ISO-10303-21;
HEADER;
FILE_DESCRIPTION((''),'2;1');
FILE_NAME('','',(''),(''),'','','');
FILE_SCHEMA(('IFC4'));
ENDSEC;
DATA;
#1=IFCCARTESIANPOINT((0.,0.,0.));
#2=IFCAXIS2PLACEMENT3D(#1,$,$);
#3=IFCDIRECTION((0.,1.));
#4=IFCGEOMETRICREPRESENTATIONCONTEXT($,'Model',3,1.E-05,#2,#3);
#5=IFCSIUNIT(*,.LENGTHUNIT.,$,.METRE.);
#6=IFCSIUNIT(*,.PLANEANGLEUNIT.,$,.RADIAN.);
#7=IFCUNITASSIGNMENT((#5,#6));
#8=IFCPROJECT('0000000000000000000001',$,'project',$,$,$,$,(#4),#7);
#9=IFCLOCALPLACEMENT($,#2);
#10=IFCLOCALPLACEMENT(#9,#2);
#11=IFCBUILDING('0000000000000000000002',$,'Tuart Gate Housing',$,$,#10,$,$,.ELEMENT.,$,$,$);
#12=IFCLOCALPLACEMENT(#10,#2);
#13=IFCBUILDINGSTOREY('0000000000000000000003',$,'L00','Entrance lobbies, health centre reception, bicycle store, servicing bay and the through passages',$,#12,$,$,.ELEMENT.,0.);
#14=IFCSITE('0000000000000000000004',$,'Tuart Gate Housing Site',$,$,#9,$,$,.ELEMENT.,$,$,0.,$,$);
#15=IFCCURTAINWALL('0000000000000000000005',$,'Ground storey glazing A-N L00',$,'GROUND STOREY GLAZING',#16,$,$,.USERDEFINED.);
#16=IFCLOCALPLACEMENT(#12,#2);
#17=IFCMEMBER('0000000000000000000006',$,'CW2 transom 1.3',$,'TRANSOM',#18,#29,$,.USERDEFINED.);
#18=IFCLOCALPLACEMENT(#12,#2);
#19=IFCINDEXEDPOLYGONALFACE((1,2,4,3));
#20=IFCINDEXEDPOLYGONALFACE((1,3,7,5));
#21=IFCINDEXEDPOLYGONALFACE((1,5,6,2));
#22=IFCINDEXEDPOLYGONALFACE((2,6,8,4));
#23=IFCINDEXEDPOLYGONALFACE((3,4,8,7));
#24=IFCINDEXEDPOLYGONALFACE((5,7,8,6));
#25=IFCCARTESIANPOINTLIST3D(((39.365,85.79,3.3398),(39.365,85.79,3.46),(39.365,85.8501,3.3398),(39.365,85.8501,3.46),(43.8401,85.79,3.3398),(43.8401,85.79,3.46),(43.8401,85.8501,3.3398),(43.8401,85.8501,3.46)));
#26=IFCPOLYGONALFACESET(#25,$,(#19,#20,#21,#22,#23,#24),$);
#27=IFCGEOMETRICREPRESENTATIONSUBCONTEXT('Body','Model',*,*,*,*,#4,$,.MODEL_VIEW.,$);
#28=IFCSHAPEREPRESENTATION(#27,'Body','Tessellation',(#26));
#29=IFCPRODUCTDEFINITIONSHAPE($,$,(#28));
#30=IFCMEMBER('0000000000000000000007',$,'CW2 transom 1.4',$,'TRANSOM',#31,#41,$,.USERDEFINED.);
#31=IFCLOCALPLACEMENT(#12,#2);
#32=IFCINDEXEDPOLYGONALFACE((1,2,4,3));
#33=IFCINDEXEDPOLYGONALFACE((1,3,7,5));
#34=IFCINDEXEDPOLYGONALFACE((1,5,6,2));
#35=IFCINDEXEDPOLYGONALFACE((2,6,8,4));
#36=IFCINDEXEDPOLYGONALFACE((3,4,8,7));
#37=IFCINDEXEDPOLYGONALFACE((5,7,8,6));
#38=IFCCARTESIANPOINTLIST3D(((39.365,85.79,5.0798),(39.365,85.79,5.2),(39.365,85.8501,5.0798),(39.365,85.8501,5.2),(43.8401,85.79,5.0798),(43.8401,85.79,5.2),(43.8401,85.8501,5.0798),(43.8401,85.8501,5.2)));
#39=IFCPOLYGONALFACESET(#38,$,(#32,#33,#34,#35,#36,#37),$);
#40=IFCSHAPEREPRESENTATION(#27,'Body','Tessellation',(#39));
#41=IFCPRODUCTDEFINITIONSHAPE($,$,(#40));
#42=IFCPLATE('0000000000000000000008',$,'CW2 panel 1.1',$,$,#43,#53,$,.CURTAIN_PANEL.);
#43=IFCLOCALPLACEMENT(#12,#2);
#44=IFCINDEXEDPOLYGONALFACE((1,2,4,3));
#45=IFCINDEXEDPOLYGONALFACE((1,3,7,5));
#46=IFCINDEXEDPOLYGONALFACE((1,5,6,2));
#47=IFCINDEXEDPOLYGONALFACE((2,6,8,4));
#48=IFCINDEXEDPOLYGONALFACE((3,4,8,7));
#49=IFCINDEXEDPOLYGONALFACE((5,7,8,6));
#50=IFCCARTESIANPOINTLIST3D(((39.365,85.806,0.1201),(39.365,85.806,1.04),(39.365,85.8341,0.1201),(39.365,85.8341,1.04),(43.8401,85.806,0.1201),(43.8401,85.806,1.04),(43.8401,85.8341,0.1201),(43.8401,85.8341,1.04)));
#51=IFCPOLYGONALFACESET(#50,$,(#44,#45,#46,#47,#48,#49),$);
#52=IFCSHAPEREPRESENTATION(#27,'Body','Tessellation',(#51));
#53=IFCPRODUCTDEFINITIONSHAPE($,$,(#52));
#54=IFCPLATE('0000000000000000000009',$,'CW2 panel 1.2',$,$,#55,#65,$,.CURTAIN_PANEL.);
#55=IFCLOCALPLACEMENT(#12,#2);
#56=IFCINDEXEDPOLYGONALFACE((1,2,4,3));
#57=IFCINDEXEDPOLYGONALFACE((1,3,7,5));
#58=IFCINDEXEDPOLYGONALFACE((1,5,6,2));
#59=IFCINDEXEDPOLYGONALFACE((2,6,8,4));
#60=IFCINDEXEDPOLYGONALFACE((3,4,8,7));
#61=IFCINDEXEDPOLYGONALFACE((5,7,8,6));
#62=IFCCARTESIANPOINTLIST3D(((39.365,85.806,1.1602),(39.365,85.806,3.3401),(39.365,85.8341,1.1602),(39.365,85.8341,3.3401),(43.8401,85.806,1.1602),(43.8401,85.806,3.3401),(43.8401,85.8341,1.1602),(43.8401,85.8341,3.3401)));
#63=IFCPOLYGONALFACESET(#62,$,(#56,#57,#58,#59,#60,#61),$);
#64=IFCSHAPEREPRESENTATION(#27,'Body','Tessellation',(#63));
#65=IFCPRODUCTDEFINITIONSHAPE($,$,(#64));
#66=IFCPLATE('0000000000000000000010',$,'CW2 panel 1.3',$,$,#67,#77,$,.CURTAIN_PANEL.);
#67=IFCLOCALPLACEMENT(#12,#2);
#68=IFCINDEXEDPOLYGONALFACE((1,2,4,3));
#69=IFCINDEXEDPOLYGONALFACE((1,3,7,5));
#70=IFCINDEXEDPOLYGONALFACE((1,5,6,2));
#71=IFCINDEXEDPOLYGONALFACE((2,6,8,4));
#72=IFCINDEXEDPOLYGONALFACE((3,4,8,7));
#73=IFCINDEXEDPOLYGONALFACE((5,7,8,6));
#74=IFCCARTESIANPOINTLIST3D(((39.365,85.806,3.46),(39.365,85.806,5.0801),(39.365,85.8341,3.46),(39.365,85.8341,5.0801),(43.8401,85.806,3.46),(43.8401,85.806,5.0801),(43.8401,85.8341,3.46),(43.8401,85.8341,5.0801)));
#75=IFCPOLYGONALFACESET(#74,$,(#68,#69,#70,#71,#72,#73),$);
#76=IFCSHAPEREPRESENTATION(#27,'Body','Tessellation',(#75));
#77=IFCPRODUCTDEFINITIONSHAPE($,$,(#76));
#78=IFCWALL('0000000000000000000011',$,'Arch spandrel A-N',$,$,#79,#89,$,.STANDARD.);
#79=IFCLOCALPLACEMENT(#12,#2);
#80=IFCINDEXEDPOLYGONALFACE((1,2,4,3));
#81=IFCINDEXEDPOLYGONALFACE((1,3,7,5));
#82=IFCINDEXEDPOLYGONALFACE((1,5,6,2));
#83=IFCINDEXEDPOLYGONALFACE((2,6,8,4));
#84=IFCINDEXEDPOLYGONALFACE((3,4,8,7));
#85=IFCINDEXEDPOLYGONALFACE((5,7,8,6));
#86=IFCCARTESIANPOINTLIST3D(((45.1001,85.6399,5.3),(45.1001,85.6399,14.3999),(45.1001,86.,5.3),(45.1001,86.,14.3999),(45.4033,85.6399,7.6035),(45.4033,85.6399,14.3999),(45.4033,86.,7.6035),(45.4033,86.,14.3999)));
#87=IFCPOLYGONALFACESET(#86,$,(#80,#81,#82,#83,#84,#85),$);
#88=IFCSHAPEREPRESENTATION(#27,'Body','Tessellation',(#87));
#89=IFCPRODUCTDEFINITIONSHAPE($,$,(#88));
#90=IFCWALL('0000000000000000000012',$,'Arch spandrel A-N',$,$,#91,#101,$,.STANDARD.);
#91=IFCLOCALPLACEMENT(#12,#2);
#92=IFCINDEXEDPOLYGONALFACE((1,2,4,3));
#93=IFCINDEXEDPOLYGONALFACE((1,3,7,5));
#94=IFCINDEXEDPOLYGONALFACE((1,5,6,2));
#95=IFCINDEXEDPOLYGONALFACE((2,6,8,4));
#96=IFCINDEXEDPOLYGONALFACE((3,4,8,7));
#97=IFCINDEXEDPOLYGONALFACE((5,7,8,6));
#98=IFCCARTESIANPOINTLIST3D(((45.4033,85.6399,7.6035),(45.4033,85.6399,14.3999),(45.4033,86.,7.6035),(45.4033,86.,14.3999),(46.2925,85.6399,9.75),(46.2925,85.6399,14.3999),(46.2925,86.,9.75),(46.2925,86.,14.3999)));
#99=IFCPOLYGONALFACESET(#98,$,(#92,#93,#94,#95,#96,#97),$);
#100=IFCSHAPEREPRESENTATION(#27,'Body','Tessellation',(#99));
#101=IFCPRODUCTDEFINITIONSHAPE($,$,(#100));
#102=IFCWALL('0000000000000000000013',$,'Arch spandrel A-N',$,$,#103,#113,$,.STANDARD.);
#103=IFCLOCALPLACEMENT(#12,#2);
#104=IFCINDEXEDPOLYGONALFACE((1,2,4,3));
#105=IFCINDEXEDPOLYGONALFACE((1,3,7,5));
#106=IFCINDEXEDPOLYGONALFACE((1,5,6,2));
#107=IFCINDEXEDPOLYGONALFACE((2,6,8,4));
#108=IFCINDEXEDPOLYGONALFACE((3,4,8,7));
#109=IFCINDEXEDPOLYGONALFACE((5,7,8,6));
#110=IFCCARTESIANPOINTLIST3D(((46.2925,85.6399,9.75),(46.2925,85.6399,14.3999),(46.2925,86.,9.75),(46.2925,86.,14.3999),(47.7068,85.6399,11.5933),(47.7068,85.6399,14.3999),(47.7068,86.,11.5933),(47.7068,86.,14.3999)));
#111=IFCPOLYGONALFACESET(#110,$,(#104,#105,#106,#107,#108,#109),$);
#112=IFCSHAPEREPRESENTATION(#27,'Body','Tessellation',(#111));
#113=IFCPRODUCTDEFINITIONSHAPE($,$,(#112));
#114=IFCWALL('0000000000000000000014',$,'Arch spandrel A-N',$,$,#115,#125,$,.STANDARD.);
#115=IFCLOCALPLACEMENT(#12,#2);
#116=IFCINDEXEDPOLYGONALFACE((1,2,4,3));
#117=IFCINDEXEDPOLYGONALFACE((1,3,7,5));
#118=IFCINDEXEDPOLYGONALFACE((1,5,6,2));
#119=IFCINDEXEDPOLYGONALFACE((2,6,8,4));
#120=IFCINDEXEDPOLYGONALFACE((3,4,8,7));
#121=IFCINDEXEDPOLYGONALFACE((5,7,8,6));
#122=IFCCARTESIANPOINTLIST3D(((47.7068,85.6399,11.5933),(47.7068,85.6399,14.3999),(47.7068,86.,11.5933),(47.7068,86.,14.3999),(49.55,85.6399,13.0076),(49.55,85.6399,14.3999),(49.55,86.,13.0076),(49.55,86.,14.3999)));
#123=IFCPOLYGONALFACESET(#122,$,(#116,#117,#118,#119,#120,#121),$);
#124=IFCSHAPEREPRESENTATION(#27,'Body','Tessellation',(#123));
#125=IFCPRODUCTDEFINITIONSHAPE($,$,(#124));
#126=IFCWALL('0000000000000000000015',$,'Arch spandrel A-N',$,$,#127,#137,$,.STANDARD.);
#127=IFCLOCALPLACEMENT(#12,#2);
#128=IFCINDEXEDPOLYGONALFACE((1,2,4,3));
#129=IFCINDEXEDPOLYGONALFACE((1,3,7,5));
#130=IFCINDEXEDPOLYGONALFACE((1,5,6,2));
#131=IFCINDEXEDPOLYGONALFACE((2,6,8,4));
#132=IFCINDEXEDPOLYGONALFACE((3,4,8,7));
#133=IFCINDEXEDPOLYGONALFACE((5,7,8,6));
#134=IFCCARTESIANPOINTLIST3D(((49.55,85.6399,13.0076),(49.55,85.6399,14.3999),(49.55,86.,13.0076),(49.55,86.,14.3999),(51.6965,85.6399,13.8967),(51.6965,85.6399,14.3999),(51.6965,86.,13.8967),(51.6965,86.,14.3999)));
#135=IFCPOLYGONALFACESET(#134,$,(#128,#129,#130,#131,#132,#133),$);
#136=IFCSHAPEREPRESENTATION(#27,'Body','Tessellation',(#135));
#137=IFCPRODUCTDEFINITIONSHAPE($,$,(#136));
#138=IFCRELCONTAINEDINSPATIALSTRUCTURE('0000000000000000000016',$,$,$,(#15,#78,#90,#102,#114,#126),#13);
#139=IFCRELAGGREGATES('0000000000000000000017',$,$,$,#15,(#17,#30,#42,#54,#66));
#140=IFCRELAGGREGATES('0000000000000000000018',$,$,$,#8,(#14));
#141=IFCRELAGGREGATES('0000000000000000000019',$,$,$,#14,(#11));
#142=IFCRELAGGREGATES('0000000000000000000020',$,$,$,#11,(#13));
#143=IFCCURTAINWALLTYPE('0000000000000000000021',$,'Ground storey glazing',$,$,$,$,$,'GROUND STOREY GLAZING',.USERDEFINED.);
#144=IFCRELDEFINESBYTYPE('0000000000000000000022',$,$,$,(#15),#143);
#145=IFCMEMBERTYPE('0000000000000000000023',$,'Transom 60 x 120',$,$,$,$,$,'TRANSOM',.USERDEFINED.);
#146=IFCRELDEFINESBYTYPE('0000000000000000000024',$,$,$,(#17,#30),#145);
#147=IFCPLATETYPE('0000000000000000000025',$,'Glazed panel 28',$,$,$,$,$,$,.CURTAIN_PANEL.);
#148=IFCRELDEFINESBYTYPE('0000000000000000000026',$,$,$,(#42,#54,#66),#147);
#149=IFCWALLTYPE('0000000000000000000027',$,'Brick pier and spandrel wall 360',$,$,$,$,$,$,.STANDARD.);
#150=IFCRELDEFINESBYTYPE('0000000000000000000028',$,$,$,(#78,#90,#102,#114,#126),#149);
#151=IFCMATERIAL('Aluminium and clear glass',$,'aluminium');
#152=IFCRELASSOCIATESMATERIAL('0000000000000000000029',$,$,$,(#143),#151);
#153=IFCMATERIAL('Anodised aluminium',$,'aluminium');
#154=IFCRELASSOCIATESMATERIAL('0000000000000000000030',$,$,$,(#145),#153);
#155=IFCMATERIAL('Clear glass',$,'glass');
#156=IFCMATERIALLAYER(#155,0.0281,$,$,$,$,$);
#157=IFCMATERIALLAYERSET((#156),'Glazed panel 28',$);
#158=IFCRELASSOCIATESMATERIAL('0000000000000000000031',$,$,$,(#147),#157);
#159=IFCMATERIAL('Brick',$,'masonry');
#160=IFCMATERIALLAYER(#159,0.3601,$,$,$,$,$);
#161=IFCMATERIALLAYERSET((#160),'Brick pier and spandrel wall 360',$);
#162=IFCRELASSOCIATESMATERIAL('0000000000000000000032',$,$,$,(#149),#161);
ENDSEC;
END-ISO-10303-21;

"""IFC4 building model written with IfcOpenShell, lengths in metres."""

from ifc_helpers import new_model, si_unit, direction, frame, origin, origin_2d, place, context, subcontext, project, spatial, polyline, rectangle, outline, extrude, material, layer, layer_set, material_profile, profile_set, type_object, element, aggregate, save


model = new_model("IFC4")

# Units and contexts
model_context = context("Model", 3, precision=1e-05, world=origin(), true_north=direction((0.0, 1.0)))
body_context = subcontext(model_context, "Body", "Model", "MODEL_VIEW")
ifc_project = project(units=[si_unit("LENGTHUNIT", "METRE"), si_unit("PLANEANGLEUNIT", "RADIAN")], contexts=[model_context])

# Site, building, storey
site_placement = place(None, origin())
site = spatial("IfcSite", under=ifc_project, at=site_placement, Name="Tuart Gate Housing Site", CompositionType="ELEMENT", RefElevation=0.0)
building_placement = place(site_placement, origin())
building = spatial("IfcBuilding", under=site, at=building_placement, Name="Tuart Gate Housing", CompositionType="ELEMENT")
storey_placement = place(building_placement, origin())
storey = spatial("IfcBuildingStorey", under=building, at=storey_placement, Name="L00", Description="Entrance lobbies, health centre reception, bicycle store, servicing bay and the through passages", CompositionType="ELEMENT", Elevation=0.0)

# Curtain wall
ifc_material_1 = material(Name="Aluminium and clear glass", Category="aluminium")
curtain_wall_type = type_object("IfcCurtainWallType", Name="Ground storey glazing", ElementType="GROUND STOREY GLAZING", PredefinedType="USERDEFINED", material=ifc_material_1)
curtain_wall_placement = place(storey_placement, origin())
curtain_wall = element("IfcCurtainWall", 1, at=curtain_wall_placement, inside=storey, type_object=curtain_wall_type, Name="Ground storey glazing A-N L00", ObjectType="GROUND STOREY GLAZING", PredefinedType="USERDEFINED")

# Members
ifc_material_2 = material(Name="Anodised aluminium", Category="aluminium")
ifc_material_profile_1 = material_profile(ifc_material_2, rectangle(XDim=0.0601, YDim=0.1201, at=origin_2d()), Name="60x120")
ifc_profile_set_1 = profile_set([ifc_material_profile_1], Name="Anodised aluminium")
member_type_1 = type_object("IfcMemberType", Name="Transom 60 x 120", ElementType="TRANSOM", PredefinedType="USERDEFINED", material=ifc_profile_set_1)
member_1_placement = place(storey_placement, frame((43.8401, 85.8201, 3.3999), z_axis=(-1.0, 0.0, 0.0), x_axis=(0.0, -1.0, 0.0)))
member_1 = element("IfcMember", 2, at=member_1_placement, type_object=member_type_1, Name="CW2 transom 1.3", ObjectType="TRANSOM", PredefinedType="USERDEFINED", context=body_context, shape_type="SweptSolid", body=[
    extrude(rectangle(XDim=0.0601, YDim=0.1201, at=origin_2d()), origin(), (0.0, 0.0, 1.0), 4.4751),
])
member_2_placement = place(storey_placement, frame((43.8401, 85.8201, 5.1399), z_axis=(-1.0, 0.0, 0.0), x_axis=(0.0, -1.0, 0.0)))
member_2 = element("IfcMember", 3, at=member_2_placement, type_object=member_type_1, Name="CW2 transom 1.4", ObjectType="TRANSOM", PredefinedType="USERDEFINED", context=body_context, shape_type="SweptSolid", body=[
    extrude(rectangle(XDim=0.0601, YDim=0.1201, at=origin_2d()), origin(), (0.0, 0.0, 1.0), 4.4751),
])

# Plates
ifc_material_3 = material(Name="Clear glass", Category="glass")
ifc_layer_1 = layer(ifc_material_3, 0.0281)
ifc_layer_set_1 = layer_set([ifc_layer_1], Name="Glazed panel 28")
plate_type = type_object("IfcPlateType", Name="Glazed panel 28", PredefinedType="CURTAIN_PANEL", material=ifc_layer_set_1)
plate_1_placement = place(storey_placement, frame((41.6025, 85.8201, 0.1201), z_axis=(0.0, 0.0, 1.0), x_axis=(-1.0, 0.0, 0.0)))
plate_1 = element("IfcPlate", 4, at=plate_1_placement, type_object=plate_type, Name="CW2 panel 1.1", PredefinedType="CURTAIN_PANEL", context=body_context, shape_type="SweptSolid", body=[
    extrude(rectangle(XDim=4.4751, YDim=0.0281, at=origin_2d()), origin(), (0.0, 0.0, 1.0), 0.9199),
])
plate_2_placement = place(storey_placement, frame((41.6025, 85.8201, 1.1602), z_axis=(0.0, 0.0, 1.0), x_axis=(-1.0, 0.0, 0.0)))
plate_2 = element("IfcPlate", 5, at=plate_2_placement, type_object=plate_type, Name="CW2 panel 1.2", PredefinedType="CURTAIN_PANEL", context=body_context, shape_type="SweptSolid", body=[
    extrude(rectangle(XDim=4.4751, YDim=0.0281, at=origin_2d()), origin(), (0.0, 0.0, 1.0), 2.1799),
])
plate_3_placement = place(storey_placement, frame((41.6025, 85.8201, 3.46), z_axis=(0.0, 0.0, 1.0), x_axis=(-1.0, 0.0, 0.0)))
plate_3 = element("IfcPlate", 6, at=plate_3_placement, type_object=plate_type, Name="CW2 panel 1.3", PredefinedType="CURTAIN_PANEL", context=body_context, shape_type="SweptSolid", body=[
    extrude(rectangle(XDim=4.4751, YDim=0.0281, at=origin_2d()), origin(), (0.0, 0.0, 1.0), 1.6201),
])
aggregate(curtain_wall, [member_1, member_2, plate_1, plate_2, plate_3])

# Walls
ifc_material_4 = material(Name="Brick", Category="masonry")
ifc_layer_2 = layer(ifc_material_4, 0.3601)
ifc_layer_set_2 = layer_set([ifc_layer_2], Name="Brick pier and spandrel wall 360")
wall_type = type_object("IfcWallType", Name="Brick pier and spandrel wall 360", PredefinedType="STANDARD", material=ifc_layer_set_2)
wall_1_placement = place(storey_placement, frame((45.4033, 85.8201, 5.3), z_axis=(0.0, 0.0, 1.0), x_axis=(-1.0, 0.0, 0.0)))
element("IfcWall", 7, at=wall_1_placement, inside=storey, type_object=wall_type, Name="Arch spandrel A-N", PredefinedType="STANDARD", context=body_context, shape_type="SweptSolid", body=[
    extrude(outline(polyline([(0.0, 2.3035), (0.3032, 0.0), (0.3032, 9.0999), (0.0, 9.0999), (0.0, 2.3035)])), frame((0.0, 0.1802, 0.0), z_axis=(0.0, -1.0, 0.0), x_axis=(1.0, 0.0, 0.0)), (0.0, 0.0, 1.0), 0.3601),
])
wall_2_placement = place(storey_placement, frame((46.2925, 85.8201, 7.6035), z_axis=(0.0, 0.0, 1.0), x_axis=(-1.0, 0.0, 0.0)))
element("IfcWall", 8, at=wall_2_placement, inside=storey, type_object=wall_type, Name="Arch spandrel A-N", PredefinedType="STANDARD", context=body_context, shape_type="SweptSolid", body=[
    extrude(outline(polyline([(0.0, 2.1465), (0.8892, 0.0), (0.8892, 6.7964), (0.0, 6.7964), (0.0, 2.1465)])), frame((0.0, 0.1802, 0.0), z_axis=(0.0, -1.0, 0.0), x_axis=(1.0, 0.0, 0.0)), (0.0, 0.0, 1.0), 0.3601),
])
wall_3_placement = place(storey_placement, frame((47.7068, 85.8201, 9.75), z_axis=(0.0, 0.0, 1.0), x_axis=(-1.0, 0.0, 0.0)))
element("IfcWall", 9, at=wall_3_placement, inside=storey, type_object=wall_type, Name="Arch spandrel A-N", PredefinedType="STANDARD", context=body_context, shape_type="SweptSolid", body=[
    extrude(outline(polyline([(0.0, 1.8433), (1.4143, 0.0), (1.4143, 4.6499), (0.0, 4.6499), (0.0, 1.8433)])), frame((0.0, 0.1802, 0.0), z_axis=(0.0, -1.0, 0.0), x_axis=(1.0, 0.0, 0.0)), (0.0, 0.0, 1.0), 0.3601),
])
wall_4_placement = place(storey_placement, frame((49.55, 85.8201, 11.5933), z_axis=(0.0, 0.0, 1.0), x_axis=(-1.0, 0.0, 0.0)))
element("IfcWall", 10, at=wall_4_placement, inside=storey, type_object=wall_type, Name="Arch spandrel A-N", PredefinedType="STANDARD", context=body_context, shape_type="SweptSolid", body=[
    extrude(outline(polyline([(0.0, 1.4143), (1.8433, 0.0), (1.8433, 2.8066), (0.0, 2.8066), (0.0, 1.4143)])), frame((0.0, 0.1802, 0.0), z_axis=(0.0, -1.0, 0.0), x_axis=(1.0, 0.0, 0.0)), (0.0, 0.0, 1.0), 0.3601),
])
wall_5_placement = place(storey_placement, frame((51.6965, 85.8201, 13.0076), z_axis=(0.0, 0.0, 1.0), x_axis=(-1.0, 0.0, 0.0)))
element("IfcWall", 11, at=wall_5_placement, inside=storey, type_object=wall_type, Name="Arch spandrel A-N", PredefinedType="STANDARD", context=body_context, shape_type="SweptSolid", body=[
    extrude(outline(polyline([(0.0, 0.8892), (2.1465, 0.0), (2.1465, 1.3923), (0.0, 1.3923), (0.0, 0.8892)])), frame((0.0, 0.1802, 0.0), z_axis=(0.0, -1.0, 0.0), x_axis=(1.0, 0.0, 0.0)), (0.0, 0.0, 1.0), 0.3601),
])

save(model, "model.ifc")
